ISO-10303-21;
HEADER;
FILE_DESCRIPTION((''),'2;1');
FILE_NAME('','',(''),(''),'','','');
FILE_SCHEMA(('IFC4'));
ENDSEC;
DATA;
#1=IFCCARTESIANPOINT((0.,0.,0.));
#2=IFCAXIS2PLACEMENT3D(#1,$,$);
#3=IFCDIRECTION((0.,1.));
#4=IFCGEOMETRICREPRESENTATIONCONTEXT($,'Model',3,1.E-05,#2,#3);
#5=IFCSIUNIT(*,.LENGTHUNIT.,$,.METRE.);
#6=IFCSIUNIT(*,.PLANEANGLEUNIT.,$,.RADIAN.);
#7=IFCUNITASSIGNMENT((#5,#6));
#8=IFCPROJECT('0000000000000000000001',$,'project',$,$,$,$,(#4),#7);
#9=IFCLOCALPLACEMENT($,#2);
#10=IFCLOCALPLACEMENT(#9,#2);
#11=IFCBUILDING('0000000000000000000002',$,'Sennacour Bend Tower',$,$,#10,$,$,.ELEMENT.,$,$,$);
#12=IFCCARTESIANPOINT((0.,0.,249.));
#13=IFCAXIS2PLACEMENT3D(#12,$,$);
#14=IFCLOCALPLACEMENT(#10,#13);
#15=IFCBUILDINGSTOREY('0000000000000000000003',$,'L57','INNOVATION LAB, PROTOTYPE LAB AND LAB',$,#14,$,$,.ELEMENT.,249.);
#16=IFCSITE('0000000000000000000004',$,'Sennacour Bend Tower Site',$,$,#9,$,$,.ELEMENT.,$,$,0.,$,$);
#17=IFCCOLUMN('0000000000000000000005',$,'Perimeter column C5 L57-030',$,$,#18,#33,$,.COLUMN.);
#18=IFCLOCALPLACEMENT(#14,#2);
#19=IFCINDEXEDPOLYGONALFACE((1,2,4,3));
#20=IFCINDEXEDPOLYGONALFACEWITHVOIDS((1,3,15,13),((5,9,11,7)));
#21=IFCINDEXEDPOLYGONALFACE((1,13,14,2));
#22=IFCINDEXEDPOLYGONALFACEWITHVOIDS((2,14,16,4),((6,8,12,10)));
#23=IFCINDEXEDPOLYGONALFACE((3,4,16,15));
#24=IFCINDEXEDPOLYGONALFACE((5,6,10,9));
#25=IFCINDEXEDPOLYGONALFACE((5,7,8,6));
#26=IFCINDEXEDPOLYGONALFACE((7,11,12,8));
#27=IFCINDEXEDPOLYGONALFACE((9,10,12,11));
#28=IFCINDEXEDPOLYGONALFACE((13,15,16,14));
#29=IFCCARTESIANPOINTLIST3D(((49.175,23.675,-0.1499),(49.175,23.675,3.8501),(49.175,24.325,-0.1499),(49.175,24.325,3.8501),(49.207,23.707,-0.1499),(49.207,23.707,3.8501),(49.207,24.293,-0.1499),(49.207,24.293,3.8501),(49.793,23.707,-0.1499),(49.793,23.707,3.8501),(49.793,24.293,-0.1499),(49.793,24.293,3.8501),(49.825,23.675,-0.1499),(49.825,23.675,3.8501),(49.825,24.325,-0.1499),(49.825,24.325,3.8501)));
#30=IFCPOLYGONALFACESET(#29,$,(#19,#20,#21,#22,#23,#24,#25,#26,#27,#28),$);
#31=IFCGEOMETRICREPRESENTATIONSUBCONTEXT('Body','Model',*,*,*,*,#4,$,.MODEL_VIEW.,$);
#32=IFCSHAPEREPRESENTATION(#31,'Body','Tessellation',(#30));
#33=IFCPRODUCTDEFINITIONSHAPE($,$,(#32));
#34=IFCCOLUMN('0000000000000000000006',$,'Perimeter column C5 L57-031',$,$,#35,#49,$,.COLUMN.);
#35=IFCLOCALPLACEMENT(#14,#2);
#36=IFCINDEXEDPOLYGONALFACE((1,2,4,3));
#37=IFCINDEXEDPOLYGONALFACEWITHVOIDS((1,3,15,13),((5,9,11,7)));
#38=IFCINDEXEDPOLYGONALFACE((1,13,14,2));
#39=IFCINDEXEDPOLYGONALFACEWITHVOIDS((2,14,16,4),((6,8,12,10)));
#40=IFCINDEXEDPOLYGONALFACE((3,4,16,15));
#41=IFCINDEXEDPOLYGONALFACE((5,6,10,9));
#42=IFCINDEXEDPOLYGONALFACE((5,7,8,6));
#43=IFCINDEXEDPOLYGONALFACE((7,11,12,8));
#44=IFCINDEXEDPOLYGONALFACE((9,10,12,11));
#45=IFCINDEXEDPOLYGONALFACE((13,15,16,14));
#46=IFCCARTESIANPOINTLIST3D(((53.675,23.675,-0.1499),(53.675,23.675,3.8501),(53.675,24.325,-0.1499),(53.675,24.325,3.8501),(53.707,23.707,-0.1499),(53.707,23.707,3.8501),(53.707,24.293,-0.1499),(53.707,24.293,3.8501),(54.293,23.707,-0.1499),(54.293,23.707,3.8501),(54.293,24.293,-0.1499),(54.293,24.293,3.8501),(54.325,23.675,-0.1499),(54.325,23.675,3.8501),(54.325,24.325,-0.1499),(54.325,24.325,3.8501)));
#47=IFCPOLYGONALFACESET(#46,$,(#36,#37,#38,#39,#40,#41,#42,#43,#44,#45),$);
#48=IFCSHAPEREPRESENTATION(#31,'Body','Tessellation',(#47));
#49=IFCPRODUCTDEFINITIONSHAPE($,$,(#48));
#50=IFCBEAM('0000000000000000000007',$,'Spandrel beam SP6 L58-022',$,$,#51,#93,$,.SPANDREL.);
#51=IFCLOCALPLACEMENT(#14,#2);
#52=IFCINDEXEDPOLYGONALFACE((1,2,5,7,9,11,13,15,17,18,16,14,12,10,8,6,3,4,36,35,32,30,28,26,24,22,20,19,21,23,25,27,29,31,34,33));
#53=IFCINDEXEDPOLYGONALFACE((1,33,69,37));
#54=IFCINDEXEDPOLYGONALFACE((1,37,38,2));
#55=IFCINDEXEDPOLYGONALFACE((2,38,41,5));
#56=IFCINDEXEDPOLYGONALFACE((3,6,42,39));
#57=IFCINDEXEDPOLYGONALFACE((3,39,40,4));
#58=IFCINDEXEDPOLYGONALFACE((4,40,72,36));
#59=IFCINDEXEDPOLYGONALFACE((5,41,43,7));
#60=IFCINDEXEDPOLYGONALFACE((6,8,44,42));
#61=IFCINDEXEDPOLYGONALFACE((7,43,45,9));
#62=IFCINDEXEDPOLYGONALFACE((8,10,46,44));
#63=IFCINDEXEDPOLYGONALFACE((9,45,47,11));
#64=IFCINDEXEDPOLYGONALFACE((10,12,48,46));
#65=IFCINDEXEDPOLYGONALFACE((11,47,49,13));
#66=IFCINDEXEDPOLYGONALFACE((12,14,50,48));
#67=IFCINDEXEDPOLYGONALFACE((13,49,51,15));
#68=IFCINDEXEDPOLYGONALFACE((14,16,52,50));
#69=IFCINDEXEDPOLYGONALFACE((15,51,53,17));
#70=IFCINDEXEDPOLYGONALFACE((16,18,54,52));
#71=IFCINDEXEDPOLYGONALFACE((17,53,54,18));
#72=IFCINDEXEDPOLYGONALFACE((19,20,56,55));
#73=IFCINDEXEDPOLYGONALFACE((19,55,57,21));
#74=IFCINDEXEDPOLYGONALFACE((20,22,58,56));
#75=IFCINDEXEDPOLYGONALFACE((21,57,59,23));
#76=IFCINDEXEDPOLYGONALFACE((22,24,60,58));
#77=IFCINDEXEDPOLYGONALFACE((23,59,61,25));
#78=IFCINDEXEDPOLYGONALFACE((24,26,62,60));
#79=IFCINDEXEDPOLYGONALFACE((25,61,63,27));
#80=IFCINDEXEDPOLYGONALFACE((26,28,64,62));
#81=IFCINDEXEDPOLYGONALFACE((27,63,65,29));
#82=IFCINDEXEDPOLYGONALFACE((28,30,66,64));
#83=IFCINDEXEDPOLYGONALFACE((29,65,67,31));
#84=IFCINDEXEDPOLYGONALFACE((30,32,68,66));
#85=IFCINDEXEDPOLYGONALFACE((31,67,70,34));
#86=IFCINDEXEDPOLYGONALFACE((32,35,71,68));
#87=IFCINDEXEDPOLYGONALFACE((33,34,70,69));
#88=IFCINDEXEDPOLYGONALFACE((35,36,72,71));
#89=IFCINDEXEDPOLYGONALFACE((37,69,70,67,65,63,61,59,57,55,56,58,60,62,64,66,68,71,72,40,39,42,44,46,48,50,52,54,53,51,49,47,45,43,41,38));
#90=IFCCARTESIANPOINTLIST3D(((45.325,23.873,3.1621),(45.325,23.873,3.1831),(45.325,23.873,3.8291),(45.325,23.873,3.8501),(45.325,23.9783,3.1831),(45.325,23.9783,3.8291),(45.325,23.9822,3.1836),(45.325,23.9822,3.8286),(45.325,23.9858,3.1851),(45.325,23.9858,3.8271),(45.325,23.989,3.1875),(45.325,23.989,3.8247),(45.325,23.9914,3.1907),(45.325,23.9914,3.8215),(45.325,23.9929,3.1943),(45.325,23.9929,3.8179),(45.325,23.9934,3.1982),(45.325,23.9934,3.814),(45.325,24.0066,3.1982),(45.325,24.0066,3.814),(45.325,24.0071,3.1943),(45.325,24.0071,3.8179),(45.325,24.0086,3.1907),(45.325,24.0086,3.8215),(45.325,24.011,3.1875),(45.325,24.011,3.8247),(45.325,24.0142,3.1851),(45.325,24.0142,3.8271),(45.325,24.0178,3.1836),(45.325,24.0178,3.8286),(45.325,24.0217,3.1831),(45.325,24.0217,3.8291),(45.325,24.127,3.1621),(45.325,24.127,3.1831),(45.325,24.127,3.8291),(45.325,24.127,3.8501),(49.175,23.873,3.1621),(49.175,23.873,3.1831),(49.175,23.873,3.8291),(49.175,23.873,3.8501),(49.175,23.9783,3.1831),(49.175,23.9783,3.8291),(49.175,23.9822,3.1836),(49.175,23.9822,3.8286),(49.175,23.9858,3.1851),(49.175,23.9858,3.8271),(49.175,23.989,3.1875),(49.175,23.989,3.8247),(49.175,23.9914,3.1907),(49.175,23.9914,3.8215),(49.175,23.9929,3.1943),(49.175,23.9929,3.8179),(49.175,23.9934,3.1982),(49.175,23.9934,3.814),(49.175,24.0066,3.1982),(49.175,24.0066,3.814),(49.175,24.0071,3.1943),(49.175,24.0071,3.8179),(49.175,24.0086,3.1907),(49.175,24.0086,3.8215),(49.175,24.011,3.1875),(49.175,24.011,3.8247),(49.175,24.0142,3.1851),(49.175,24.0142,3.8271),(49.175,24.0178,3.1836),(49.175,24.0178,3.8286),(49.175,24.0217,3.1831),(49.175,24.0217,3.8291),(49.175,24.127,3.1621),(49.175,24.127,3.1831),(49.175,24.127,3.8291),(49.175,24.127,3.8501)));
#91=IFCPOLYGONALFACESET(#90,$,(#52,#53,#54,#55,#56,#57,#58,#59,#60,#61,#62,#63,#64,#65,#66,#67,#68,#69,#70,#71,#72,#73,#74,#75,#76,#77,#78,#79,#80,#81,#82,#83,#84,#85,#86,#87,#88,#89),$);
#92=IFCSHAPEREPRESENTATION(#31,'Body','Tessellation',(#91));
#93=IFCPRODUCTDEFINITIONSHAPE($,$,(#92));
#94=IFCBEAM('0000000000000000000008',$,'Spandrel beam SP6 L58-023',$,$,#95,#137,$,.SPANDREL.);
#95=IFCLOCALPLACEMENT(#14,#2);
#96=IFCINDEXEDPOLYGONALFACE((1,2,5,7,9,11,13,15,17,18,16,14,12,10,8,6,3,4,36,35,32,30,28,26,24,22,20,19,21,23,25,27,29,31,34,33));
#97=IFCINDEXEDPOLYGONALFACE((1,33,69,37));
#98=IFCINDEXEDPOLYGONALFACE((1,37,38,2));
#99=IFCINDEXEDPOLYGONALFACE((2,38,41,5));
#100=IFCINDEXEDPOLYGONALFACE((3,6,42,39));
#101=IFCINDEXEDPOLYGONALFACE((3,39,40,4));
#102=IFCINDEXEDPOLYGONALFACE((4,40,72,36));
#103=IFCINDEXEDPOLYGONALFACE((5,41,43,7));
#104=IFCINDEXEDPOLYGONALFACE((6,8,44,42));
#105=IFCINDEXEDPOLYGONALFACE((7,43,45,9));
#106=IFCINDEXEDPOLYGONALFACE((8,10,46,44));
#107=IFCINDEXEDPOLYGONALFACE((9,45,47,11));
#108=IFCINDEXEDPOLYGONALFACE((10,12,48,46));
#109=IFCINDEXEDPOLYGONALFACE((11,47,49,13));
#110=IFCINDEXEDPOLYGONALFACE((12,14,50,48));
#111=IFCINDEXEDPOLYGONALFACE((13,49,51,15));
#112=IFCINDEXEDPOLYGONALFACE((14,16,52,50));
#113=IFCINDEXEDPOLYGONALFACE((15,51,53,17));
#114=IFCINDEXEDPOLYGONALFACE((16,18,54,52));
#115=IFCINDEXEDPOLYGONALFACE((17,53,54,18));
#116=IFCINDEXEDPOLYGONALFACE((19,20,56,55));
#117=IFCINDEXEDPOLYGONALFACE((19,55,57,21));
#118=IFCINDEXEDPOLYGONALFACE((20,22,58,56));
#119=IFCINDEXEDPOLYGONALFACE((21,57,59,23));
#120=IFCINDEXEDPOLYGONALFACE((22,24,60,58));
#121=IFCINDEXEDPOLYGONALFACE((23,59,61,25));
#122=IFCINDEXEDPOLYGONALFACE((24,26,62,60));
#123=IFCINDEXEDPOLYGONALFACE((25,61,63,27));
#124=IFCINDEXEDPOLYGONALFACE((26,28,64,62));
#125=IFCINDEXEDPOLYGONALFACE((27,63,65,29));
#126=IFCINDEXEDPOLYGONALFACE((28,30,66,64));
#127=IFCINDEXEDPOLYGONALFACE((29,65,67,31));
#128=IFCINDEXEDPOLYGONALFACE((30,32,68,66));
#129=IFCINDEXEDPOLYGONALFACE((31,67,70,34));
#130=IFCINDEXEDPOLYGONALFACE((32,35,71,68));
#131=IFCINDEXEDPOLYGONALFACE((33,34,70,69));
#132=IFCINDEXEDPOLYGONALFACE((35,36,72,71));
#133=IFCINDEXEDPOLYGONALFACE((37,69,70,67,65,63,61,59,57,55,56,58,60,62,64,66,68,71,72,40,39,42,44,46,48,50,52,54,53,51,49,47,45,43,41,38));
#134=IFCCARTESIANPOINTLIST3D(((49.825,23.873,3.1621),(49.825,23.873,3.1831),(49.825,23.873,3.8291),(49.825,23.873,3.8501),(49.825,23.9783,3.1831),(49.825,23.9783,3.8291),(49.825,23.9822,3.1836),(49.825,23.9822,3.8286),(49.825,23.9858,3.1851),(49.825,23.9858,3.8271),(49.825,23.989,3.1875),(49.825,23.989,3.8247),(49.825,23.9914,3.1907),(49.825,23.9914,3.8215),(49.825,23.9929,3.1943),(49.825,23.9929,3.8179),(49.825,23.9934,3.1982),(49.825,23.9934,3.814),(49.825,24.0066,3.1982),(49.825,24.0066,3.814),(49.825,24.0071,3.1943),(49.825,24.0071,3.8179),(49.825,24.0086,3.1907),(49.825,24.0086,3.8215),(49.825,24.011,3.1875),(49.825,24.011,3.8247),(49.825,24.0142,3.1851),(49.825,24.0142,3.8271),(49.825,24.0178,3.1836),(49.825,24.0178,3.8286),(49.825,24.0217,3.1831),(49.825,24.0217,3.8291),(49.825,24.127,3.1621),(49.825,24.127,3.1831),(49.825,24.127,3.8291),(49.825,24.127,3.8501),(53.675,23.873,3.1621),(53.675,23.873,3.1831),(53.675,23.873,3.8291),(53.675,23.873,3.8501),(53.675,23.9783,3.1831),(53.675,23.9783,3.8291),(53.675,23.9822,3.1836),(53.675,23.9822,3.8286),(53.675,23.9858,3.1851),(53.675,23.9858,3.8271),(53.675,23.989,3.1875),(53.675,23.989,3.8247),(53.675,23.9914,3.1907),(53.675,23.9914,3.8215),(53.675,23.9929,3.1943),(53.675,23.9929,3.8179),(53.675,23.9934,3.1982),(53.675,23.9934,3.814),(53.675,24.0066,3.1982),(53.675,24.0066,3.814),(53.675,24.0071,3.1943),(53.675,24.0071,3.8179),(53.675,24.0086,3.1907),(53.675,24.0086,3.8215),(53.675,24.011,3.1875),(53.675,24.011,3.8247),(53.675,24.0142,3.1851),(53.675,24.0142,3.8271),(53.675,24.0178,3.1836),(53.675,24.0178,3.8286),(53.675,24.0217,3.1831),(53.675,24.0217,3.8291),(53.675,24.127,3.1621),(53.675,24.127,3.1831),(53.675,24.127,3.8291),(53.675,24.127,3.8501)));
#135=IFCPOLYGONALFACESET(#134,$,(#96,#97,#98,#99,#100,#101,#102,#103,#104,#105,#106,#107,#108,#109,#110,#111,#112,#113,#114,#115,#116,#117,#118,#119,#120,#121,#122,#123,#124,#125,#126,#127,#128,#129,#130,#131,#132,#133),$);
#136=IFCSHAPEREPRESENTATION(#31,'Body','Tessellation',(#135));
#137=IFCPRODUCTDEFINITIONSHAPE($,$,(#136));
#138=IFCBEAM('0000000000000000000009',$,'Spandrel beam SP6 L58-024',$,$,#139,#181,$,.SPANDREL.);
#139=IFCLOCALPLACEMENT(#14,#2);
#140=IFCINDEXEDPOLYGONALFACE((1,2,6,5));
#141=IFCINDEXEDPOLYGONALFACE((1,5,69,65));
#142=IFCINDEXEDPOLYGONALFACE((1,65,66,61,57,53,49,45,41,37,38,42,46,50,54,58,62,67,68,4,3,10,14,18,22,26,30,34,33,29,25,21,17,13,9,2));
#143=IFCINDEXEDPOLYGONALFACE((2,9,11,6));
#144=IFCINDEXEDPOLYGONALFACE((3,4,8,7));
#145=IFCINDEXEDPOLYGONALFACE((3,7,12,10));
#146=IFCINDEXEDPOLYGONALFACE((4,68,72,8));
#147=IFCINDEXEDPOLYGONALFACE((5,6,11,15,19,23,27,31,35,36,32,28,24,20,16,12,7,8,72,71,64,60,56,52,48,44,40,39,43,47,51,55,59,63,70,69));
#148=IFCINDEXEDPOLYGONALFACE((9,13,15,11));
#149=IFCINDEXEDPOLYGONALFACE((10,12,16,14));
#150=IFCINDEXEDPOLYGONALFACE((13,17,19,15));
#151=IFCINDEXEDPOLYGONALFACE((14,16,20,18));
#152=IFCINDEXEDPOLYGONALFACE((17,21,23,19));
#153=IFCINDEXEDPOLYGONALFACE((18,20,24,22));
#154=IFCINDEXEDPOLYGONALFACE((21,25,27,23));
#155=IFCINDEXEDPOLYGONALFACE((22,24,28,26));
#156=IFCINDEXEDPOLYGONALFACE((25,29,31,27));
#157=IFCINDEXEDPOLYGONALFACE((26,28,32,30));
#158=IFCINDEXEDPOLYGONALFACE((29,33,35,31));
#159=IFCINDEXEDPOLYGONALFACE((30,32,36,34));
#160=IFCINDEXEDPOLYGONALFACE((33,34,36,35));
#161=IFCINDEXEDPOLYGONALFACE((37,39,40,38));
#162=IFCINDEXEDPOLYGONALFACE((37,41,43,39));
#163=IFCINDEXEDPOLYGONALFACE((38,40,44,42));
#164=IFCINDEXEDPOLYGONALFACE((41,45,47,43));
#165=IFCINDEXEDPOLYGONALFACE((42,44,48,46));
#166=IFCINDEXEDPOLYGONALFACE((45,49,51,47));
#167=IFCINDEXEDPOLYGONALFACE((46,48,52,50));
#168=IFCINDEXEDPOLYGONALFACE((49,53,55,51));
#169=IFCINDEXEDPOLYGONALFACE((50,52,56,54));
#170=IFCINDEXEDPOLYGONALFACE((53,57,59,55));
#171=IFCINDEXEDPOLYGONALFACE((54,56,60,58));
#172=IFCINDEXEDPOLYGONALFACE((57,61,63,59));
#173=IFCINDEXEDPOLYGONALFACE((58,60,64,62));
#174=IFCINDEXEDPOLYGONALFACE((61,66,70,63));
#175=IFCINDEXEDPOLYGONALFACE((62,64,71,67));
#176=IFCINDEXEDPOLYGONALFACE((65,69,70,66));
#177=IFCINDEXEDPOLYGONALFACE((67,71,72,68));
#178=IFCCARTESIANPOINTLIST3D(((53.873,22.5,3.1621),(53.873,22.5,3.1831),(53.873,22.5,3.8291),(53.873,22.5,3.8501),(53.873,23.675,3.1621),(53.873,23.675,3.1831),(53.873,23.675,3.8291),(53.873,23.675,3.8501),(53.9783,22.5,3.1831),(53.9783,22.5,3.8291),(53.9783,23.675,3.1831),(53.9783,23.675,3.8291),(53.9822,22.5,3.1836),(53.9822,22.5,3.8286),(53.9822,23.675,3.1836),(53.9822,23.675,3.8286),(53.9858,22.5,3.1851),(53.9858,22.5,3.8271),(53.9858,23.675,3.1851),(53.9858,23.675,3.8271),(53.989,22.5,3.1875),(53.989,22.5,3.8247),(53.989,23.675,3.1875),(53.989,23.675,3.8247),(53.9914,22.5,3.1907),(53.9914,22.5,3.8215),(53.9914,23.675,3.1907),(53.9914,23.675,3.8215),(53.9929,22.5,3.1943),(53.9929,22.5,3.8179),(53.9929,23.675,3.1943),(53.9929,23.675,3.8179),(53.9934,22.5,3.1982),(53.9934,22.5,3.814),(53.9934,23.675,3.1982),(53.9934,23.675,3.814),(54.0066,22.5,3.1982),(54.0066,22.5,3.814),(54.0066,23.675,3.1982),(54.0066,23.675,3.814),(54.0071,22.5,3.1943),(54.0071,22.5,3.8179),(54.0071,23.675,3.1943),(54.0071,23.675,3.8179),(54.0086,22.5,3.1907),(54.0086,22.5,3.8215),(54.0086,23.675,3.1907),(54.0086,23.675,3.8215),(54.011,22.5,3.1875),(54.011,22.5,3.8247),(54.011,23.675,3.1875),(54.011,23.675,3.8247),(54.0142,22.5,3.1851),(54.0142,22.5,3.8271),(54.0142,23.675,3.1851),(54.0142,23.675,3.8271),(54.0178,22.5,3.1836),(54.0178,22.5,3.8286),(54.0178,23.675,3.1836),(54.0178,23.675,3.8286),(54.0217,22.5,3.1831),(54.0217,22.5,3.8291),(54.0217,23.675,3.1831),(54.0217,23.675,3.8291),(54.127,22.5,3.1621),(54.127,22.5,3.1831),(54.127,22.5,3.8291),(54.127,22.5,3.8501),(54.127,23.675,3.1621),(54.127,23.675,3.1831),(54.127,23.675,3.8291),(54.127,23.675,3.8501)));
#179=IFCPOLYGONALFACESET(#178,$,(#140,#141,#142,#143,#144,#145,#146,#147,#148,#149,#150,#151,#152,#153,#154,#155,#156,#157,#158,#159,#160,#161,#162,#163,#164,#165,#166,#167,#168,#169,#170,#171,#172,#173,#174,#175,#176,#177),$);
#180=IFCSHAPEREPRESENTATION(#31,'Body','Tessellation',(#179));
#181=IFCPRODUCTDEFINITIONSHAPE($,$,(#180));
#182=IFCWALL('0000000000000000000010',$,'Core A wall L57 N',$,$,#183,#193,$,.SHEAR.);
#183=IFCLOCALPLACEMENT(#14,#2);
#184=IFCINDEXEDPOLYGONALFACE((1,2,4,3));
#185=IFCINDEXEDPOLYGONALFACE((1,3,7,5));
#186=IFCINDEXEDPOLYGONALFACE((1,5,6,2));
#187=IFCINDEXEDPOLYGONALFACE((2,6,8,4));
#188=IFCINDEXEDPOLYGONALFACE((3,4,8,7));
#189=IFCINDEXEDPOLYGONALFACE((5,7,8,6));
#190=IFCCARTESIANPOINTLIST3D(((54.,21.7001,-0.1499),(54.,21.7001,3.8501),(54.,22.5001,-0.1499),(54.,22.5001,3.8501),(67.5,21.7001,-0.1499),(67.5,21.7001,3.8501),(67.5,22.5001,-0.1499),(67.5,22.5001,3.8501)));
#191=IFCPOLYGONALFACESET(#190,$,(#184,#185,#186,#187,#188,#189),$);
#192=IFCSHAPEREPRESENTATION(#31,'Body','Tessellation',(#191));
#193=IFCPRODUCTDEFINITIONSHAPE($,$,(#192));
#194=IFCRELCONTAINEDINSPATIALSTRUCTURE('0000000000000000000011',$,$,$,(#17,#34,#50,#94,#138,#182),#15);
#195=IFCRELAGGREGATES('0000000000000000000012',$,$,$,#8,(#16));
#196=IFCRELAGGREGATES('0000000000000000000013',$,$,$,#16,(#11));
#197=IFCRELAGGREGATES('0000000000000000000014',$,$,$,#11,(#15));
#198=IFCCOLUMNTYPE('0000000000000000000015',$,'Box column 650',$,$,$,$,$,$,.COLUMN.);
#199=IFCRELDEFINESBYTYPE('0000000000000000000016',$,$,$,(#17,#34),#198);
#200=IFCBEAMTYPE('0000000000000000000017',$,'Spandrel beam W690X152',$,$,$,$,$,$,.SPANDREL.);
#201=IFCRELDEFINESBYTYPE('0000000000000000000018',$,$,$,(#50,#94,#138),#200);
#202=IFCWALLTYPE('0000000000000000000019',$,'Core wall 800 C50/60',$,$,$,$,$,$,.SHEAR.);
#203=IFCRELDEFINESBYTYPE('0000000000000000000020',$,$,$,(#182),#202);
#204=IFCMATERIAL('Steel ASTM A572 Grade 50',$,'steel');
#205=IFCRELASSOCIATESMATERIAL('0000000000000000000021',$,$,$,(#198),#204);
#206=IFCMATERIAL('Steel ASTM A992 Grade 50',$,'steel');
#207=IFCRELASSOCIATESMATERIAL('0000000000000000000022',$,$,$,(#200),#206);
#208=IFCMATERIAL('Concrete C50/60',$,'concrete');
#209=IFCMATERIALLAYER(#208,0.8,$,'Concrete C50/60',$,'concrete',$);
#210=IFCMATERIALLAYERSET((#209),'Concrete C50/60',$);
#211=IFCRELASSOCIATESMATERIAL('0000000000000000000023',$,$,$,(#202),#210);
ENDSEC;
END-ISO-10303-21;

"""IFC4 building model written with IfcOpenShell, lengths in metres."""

from ifc_helpers import new_model, si_unit, direction, frame, frame_2d, origin, origin_2d, place, context, subcontext, project, spatial, rectangle, hollow_rectangle, i_section, extrude, material, layer, layer_set, material_profile, profile_set, type_object, element, save


model = new_model("IFC4")

# Units and contexts
model_context = context("Model", 3, precision=1e-05, world=origin(), true_north=direction((0.0, 1.0)))
body_context = subcontext(model_context, "Body", "Model", "MODEL_VIEW")
ifc_project = project(units=[si_unit("LENGTHUNIT", "METRE"), si_unit("PLANEANGLEUNIT", "RADIAN")], contexts=[model_context])

# Site, building, storey
site_placement = place(None, origin())
site = spatial("IfcSite", under=ifc_project, at=site_placement, Name="Sennacour Bend Tower Site", CompositionType="ELEMENT", RefElevation=0.0)
building_placement = place(site_placement, origin())
building = spatial("IfcBuilding", under=site, at=building_placement, Name="Sennacour Bend Tower", CompositionType="ELEMENT")
storey_placement = place(building_placement, frame((0.0, 0.0, 249.0)))
storey = spatial("IfcBuildingStorey", under=building, at=storey_placement, Name="L57", Description="INNOVATION LAB, PROTOTYPE LAB AND LAB", CompositionType="ELEMENT", Elevation=249.0)

# Columns
ifc_material_1 = material(Name="Steel ASTM A572 Grade 50", Category="steel")
ifc_material_profile_1 = material_profile(ifc_material_1, hollow_rectangle(XDim=0.6499, YDim=0.6499, WallThickness=0.032, at=origin_2d()), Name="Steel ASTM A572 Grade 50", Category="steel")
ifc_profile_set_1 = profile_set([ifc_material_profile_1], Name="Steel ASTM A572 Grade 50")
column_type = type_object("IfcColumnType", Name="Box column 650", PredefinedType="COLUMN", material=ifc_profile_set_1)
for number, where, z_axis, x_axis, name in (
    (1, (49.5, 24.0, -0.1499), (0.0, 0.0, 1.0), (1.0, 0.0, 0.0), "Perimeter column C5 L57-030"),
    (2, (54.0, 24.0, -0.1499), (0.0, 0.0, 1.0), (1.0, 0.0, 0.0), "Perimeter column C5 L57-031"),
):
    element("IfcColumn", number, at=place(storey_placement, frame(where, z_axis=z_axis, x_axis=x_axis)), inside=storey, type_object=column_type, Name=name, PredefinedType="COLUMN", context=body_context, shape_type="SweptSolid", body=[
        extrude(hollow_rectangle(XDim=0.6499, YDim=0.6499, WallThickness=0.032, at=origin_2d()), origin(), (0.0, 0.0, 1.0), 4.0),
    ])

# Beams
ifc_material_2 = material(Name="Steel ASTM A992 Grade 50", Category="steel")
ifc_material_profile_2 = material_profile(ifc_material_2, i_section(OverallWidth=0.2539, OverallDepth=0.688, WebThickness=0.0132, FlangeThickness=0.021, FilletRadius=0.0151, at=origin_2d()), Name="Steel ASTM A992 Grade 50", Category="steel")
ifc_profile_set_2 = profile_set([ifc_material_profile_2], Name="Steel ASTM A992 Grade 50")
beam_type = type_object("IfcBeamType", Name="Spandrel beam W690X152", PredefinedType="SPANDREL", material=ifc_profile_set_2)
for number, where, z_axis, x_axis, name in (
    (3, (45.325, 24.0, 3.5061), (1.0, 0.0, 0.0), (0.0, 1.0, 0.0), "Spandrel beam SP6 L58-022"),
    (4, (49.825, 24.0, 3.5061), (1.0, 0.0, 0.0), (0.0, 1.0, 0.0), "Spandrel beam SP6 L58-023"),
):
    element("IfcBeam", number, at=place(storey_placement, frame(where, z_axis=z_axis, x_axis=x_axis)), inside=storey, type_object=beam_type, Name=name, PredefinedType="SPANDREL", context=body_context, shape_type="SweptSolid", body=[
        extrude(i_section(OverallWidth=0.2539, OverallDepth=0.688, WebThickness=0.0132, FlangeThickness=0.021, FilletRadius=0.0151, at=origin_2d()), origin(), (0.0, 0.0, 1.0), 3.8501),
    ])
beam_placement = place(storey_placement, frame((54.0, 23.675, 3.5061), z_axis=(0.0, -1.0, 0.0), x_axis=(1.0, 0.0, 0.0)))
element("IfcBeam", 5, at=beam_placement, inside=storey, type_object=beam_type, Name="Spandrel beam SP6 L58-024", PredefinedType="SPANDREL", context=body_context, shape_type="SweptSolid", body=[
    extrude(i_section(OverallWidth=0.2539, OverallDepth=0.688, WebThickness=0.0132, FlangeThickness=0.021, FilletRadius=0.0151, at=origin_2d()), origin(), (0.0, 0.0, 1.0), 1.175),
])

# Wall
ifc_material_3 = material(Name="Concrete C50/60", Category="concrete")
ifc_layer_1 = layer(ifc_material_3, 0.8, Name="Concrete C50/60", Category="concrete")
ifc_layer_set_1 = layer_set([ifc_layer_1], Name="Concrete C50/60")
wall_type_1 = type_object("IfcWallType", Name="Core wall 800 C50/60", PredefinedType="SHEAR", material=ifc_layer_set_1)
wall_1_placement = place(storey_placement, frame((54.0, 22.1001, -0.1499), z_axis=(0.0, 0.0, 1.0), x_axis=(1.0, 0.0, 0.0)))
element("IfcWall", 6, at=wall_1_placement, inside=storey, type_object=wall_type_1, Name="Core A wall L57 N", PredefinedType="SHEAR", context=body_context, shape_type="SweptSolid", body=[
    extrude(rectangle(XDim=13.5, YDim=0.8, at=frame_2d((6.75, 0.0))), origin(), (0.0, 0.0, 1.0), 4.0),
])

save(model, "model.ifc")
